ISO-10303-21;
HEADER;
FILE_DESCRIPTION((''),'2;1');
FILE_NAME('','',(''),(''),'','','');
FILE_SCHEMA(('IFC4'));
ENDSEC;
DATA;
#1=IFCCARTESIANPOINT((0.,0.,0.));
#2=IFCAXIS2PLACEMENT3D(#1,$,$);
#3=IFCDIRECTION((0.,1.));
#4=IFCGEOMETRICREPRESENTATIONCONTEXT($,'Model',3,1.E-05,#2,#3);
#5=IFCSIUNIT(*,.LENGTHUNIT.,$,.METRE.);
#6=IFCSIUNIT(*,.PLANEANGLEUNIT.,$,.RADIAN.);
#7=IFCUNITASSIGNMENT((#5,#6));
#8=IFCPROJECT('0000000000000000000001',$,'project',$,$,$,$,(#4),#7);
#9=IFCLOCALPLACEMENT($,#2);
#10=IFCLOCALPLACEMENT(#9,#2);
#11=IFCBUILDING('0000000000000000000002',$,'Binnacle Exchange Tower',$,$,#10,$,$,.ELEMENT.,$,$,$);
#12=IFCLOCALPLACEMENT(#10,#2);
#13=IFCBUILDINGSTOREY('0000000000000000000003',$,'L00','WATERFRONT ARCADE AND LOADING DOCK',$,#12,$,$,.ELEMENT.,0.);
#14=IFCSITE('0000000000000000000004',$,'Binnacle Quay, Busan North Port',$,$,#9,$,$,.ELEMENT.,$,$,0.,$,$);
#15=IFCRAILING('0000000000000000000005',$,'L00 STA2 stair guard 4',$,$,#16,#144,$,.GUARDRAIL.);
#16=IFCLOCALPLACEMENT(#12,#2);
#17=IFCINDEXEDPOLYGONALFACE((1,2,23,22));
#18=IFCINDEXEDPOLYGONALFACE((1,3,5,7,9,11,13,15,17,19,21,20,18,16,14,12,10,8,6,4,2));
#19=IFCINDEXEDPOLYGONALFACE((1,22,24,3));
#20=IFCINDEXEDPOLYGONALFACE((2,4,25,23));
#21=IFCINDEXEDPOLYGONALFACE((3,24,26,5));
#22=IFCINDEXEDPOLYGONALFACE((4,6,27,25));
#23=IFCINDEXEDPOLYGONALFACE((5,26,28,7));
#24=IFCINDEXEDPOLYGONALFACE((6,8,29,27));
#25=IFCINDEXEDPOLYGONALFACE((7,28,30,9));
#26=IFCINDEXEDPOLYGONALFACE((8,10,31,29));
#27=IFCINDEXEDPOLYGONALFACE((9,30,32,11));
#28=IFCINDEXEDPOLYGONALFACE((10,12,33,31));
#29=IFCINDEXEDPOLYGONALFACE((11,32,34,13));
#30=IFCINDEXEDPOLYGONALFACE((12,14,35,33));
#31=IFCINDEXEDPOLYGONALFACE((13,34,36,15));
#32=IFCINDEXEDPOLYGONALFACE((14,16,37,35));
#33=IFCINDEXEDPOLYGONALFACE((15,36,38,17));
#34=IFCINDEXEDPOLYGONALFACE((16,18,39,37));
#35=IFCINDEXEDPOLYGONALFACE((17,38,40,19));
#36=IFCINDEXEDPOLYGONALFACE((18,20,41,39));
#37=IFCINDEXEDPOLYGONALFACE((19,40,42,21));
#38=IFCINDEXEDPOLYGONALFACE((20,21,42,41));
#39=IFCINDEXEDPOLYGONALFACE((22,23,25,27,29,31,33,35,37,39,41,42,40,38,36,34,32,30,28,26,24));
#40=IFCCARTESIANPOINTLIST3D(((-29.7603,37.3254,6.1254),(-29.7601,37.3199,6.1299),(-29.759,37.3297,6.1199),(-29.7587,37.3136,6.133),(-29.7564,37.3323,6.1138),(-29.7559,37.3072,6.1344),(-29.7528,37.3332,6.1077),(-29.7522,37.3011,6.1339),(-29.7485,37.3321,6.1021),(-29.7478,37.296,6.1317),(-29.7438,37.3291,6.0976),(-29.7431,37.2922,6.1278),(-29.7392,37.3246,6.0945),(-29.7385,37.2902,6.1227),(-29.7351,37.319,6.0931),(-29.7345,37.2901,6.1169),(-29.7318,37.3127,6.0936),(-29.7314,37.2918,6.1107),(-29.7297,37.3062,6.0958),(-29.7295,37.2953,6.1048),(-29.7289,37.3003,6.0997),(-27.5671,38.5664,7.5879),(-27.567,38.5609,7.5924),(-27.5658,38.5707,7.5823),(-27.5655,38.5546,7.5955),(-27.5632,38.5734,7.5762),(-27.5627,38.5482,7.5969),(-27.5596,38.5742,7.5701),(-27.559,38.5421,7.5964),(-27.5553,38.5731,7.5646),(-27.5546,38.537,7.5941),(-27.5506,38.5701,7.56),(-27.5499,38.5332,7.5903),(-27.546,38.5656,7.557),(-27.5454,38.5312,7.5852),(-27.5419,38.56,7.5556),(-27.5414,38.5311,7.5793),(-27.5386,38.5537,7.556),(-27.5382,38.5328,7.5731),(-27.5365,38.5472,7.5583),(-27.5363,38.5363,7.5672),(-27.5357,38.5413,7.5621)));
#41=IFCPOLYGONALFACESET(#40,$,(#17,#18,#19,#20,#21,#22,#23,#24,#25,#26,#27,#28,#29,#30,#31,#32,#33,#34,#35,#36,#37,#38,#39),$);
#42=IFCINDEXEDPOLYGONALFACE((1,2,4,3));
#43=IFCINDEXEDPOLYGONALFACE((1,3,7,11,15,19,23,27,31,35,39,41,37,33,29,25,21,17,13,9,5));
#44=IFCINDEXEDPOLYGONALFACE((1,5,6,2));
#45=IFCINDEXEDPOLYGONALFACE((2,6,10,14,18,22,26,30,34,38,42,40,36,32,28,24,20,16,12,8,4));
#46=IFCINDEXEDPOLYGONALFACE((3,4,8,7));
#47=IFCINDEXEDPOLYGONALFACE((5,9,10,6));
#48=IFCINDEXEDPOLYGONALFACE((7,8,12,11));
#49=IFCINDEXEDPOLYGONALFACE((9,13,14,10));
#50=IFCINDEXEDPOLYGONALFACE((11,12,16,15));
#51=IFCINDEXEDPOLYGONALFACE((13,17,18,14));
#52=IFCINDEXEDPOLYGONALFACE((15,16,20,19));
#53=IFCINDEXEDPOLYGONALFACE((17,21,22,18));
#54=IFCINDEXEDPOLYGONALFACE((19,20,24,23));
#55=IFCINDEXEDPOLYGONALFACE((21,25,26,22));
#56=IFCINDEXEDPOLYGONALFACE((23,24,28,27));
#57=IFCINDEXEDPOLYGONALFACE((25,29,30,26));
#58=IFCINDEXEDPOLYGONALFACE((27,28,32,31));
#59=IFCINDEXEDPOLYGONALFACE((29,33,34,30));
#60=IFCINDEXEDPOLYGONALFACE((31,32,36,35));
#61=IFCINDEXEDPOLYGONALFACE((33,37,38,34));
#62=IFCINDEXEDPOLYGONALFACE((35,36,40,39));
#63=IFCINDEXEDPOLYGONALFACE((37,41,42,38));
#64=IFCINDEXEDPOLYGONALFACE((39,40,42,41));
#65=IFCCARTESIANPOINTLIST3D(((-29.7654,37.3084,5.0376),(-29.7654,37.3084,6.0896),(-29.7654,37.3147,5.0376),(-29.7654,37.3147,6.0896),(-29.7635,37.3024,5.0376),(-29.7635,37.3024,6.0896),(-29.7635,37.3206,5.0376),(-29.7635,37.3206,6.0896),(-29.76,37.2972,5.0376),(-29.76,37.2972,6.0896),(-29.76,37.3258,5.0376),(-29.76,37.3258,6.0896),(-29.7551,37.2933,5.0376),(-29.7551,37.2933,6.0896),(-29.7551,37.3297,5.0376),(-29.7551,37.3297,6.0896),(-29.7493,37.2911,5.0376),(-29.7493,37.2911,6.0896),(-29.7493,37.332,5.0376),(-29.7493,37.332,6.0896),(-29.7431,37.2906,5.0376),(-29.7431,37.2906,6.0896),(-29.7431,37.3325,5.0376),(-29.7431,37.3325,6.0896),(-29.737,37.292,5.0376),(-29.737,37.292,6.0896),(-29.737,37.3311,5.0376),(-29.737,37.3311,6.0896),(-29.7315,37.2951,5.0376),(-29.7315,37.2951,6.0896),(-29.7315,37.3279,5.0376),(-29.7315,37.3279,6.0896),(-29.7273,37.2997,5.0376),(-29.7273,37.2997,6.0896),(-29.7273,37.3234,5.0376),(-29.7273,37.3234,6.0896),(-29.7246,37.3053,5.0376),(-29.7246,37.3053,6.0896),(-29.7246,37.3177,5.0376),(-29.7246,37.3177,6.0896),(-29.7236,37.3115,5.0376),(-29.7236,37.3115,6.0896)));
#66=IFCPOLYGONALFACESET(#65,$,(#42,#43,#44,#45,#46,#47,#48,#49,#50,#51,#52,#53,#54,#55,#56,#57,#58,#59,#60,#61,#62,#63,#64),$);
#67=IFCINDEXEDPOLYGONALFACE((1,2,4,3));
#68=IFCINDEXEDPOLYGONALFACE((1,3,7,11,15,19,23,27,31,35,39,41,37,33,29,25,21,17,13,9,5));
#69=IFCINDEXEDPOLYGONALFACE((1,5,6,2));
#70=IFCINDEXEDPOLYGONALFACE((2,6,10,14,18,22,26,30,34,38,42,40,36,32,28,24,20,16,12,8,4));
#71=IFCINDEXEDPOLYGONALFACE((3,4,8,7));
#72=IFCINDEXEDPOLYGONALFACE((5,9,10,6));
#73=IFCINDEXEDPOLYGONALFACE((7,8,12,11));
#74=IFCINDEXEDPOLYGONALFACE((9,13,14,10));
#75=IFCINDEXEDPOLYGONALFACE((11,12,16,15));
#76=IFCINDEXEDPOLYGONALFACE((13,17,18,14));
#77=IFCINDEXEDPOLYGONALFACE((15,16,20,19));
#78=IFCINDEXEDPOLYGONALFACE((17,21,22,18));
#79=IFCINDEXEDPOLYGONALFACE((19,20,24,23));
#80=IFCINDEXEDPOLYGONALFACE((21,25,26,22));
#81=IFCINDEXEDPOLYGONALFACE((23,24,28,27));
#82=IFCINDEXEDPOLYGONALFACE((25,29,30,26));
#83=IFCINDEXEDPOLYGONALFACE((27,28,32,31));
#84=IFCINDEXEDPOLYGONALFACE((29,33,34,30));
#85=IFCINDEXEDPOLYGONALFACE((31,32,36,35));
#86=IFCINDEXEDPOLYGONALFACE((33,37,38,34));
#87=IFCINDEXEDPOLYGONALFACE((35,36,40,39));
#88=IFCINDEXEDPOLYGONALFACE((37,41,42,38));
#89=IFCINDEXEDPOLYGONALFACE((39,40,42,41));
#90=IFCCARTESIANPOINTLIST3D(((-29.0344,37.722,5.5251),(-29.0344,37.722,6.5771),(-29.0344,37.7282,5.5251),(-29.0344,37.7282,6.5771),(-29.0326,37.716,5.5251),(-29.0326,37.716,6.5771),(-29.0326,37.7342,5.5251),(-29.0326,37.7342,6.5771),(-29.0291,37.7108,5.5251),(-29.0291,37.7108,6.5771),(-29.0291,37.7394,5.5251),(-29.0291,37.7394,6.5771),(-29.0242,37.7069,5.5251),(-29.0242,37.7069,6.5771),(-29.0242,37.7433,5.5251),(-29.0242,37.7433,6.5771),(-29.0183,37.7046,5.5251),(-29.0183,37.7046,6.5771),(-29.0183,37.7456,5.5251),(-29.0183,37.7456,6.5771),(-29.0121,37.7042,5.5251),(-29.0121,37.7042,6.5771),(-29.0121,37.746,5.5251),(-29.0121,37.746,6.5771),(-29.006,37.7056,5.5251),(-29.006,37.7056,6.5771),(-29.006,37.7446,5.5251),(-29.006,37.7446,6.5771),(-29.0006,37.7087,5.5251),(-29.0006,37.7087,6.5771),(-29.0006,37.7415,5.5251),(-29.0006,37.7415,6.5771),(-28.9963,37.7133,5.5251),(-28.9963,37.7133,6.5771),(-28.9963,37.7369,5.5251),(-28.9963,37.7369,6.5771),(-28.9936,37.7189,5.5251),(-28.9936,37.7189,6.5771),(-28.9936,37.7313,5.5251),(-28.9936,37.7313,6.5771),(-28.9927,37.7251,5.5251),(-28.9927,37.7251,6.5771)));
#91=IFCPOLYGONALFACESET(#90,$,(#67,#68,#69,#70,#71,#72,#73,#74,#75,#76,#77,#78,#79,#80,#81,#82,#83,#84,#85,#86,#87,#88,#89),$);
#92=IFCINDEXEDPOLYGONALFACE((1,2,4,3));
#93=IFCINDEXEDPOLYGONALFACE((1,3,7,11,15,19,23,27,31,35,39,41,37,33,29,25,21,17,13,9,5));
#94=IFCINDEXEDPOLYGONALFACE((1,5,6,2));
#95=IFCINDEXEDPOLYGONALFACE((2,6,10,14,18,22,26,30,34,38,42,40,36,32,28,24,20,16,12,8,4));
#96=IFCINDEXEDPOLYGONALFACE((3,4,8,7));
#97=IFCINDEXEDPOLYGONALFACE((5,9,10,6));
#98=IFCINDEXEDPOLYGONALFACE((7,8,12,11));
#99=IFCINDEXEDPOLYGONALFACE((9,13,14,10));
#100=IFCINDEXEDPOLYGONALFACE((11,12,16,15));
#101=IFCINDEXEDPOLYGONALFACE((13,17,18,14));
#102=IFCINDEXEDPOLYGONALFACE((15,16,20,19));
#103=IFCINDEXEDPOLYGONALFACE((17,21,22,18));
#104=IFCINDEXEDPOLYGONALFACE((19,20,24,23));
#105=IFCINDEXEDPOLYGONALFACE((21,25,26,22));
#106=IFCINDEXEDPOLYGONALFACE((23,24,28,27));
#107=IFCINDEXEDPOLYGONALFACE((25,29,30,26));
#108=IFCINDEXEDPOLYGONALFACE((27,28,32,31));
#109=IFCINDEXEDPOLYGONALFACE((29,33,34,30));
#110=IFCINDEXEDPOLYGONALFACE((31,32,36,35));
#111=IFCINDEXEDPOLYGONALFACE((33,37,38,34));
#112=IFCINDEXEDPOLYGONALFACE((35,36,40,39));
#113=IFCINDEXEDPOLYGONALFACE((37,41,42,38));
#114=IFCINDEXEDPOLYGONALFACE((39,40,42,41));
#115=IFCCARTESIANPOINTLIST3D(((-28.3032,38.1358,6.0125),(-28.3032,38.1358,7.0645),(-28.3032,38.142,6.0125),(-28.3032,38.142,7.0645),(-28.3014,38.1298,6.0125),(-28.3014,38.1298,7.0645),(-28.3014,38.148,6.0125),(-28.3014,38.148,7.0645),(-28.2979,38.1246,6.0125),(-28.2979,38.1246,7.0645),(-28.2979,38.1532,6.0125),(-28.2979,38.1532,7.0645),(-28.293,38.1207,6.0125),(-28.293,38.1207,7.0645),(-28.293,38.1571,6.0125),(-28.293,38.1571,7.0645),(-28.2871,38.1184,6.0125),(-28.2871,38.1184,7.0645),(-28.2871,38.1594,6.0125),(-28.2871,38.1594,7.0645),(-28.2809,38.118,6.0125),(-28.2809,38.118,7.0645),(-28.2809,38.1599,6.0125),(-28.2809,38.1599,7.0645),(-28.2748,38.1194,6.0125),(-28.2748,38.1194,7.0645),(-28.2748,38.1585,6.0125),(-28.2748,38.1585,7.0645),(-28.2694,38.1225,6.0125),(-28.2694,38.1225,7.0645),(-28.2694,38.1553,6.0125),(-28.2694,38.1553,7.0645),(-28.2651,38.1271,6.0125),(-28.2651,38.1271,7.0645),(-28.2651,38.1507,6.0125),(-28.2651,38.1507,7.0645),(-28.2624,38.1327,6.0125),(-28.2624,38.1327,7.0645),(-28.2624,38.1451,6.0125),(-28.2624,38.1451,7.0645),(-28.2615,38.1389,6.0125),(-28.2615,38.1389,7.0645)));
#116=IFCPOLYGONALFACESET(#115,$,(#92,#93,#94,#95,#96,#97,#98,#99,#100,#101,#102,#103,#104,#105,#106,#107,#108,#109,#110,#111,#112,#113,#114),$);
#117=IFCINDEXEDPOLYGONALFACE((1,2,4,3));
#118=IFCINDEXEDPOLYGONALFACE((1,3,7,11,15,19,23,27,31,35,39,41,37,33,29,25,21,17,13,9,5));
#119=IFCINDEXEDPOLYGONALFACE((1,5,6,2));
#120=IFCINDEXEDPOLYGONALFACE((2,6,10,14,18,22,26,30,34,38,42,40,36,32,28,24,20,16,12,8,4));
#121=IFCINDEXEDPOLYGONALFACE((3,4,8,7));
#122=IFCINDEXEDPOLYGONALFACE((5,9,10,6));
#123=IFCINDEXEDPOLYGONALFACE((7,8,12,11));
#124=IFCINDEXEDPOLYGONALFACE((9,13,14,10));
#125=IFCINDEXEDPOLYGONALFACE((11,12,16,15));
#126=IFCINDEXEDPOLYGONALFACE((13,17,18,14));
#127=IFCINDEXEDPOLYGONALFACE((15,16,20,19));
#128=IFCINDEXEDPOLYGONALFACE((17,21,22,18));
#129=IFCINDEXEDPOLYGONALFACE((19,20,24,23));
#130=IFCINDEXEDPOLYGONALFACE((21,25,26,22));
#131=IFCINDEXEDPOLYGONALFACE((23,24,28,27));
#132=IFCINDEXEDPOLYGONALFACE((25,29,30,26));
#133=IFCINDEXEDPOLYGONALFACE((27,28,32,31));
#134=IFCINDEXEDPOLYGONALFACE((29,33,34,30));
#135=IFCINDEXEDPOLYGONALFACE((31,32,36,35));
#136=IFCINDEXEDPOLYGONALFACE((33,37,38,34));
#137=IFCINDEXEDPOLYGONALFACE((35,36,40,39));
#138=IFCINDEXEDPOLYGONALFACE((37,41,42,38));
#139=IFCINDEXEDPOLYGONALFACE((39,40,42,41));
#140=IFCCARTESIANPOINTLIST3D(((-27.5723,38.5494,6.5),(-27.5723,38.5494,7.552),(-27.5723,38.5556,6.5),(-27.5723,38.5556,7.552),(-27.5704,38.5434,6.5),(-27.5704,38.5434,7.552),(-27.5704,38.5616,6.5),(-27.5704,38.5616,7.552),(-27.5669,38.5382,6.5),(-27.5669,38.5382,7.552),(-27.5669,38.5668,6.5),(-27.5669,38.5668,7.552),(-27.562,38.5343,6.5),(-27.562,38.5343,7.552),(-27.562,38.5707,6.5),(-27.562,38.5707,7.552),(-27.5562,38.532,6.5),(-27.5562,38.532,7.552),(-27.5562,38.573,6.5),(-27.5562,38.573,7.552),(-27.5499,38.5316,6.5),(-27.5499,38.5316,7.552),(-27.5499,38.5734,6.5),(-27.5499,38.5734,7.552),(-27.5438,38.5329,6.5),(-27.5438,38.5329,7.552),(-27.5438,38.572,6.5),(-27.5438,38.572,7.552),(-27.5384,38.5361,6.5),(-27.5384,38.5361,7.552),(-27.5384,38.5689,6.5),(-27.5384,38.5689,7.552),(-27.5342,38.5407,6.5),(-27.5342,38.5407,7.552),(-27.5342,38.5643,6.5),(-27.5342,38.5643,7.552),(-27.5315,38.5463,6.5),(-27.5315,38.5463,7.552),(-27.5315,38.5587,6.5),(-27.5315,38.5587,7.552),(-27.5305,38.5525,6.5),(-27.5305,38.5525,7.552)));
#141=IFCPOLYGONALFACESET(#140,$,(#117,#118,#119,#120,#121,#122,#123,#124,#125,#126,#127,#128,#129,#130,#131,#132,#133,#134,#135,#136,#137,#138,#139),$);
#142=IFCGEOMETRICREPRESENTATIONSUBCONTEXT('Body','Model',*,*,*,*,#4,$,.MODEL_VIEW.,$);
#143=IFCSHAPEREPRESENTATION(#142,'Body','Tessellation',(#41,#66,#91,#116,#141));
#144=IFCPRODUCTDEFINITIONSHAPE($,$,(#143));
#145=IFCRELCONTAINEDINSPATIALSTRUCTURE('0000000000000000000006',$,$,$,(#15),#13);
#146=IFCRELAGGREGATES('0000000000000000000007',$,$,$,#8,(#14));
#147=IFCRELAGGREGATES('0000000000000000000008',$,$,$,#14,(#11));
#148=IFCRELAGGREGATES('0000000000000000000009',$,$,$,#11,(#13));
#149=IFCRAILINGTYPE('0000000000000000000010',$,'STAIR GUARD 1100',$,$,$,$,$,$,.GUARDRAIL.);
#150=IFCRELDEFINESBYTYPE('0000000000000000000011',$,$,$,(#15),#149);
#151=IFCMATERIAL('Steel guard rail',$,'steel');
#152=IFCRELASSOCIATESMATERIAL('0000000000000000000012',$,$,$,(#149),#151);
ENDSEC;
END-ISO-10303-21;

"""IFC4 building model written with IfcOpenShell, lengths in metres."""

from ifc_helpers import new_model, si_unit, direction, frame, origin, origin_2d, place, context, subcontext, project, spatial, circle, extrude, material, type_object, element, save


model = new_model("IFC4")

# Units and contexts
model_context = context("Model", 3, precision=1e-05, world=origin(), true_north=direction((0.0, 1.0)))
body_context = subcontext(model_context, "Body", "Model", "MODEL_VIEW")
ifc_project = project(units=[si_unit("LENGTHUNIT", "METRE"), si_unit("PLANEANGLEUNIT", "RADIAN")], contexts=[model_context])

# Site, building, storey
site_placement = place(None, origin())
site = spatial("IfcSite", under=ifc_project, at=site_placement, Name="Binnacle Quay, Busan North Port", CompositionType="ELEMENT", RefElevation=0.0)
building_placement = place(site_placement, origin())
building = spatial("IfcBuilding", under=site, at=building_placement, Name="Binnacle Exchange Tower", CompositionType="ELEMENT")
storey_placement = place(building_placement, origin())
storey = spatial("IfcBuildingStorey", under=building, at=storey_placement, Name="L00", Description="WATERFRONT ARCADE AND LOADING DOCK", CompositionType="ELEMENT", Elevation=0.0)

# Railing
ifc_material_1 = material(Name="Steel guard rail", Category="steel")
railing_type = type_object("IfcRailingType", Name="STAIR GUARD 1100", PredefinedType="GUARDRAIL", material=ifc_material_1)
railing_1_placement = place(storey_placement, frame((-29.7446, 37.3115, 5.0376)))
element("IfcRailing", 1, at=railing_1_placement, inside=storey, type_object=railing_type, Name="L00 STA2 stair guard 4", PredefinedType="GUARDRAIL", context=body_context, shape_type="SweptSolid", body=[
    extrude(circle(Radius=0.0239, at=origin_2d()), frame((0.0, 0.0, 1.0762), z_axis=(0.752747, 0.42594, 0.501943), x_axis=(-0.492472, 0.870328, 0.0)), (0.0, 0.0, 1.0), 2.9136),
    extrude(circle(Radius=0.021, at=origin_2d()), origin(), (0.0, 0.0, 1.0), 1.052),
    extrude(circle(Radius=0.021, at=origin_2d()), frame((0.731, 0.4136, 0.4875)), (0.0, 0.0, 1.0), 1.052),
    extrude(circle(Radius=0.021, at=origin_2d()), frame((1.4622, 0.8274, 0.9749)), (0.0, 0.0, 1.0), 1.052),
    extrude(circle(Radius=0.021, at=origin_2d()), frame((2.1931, 1.241, 1.4624)), (0.0, 0.0, 1.0), 1.052),
])

save(model, "model.ifc")
